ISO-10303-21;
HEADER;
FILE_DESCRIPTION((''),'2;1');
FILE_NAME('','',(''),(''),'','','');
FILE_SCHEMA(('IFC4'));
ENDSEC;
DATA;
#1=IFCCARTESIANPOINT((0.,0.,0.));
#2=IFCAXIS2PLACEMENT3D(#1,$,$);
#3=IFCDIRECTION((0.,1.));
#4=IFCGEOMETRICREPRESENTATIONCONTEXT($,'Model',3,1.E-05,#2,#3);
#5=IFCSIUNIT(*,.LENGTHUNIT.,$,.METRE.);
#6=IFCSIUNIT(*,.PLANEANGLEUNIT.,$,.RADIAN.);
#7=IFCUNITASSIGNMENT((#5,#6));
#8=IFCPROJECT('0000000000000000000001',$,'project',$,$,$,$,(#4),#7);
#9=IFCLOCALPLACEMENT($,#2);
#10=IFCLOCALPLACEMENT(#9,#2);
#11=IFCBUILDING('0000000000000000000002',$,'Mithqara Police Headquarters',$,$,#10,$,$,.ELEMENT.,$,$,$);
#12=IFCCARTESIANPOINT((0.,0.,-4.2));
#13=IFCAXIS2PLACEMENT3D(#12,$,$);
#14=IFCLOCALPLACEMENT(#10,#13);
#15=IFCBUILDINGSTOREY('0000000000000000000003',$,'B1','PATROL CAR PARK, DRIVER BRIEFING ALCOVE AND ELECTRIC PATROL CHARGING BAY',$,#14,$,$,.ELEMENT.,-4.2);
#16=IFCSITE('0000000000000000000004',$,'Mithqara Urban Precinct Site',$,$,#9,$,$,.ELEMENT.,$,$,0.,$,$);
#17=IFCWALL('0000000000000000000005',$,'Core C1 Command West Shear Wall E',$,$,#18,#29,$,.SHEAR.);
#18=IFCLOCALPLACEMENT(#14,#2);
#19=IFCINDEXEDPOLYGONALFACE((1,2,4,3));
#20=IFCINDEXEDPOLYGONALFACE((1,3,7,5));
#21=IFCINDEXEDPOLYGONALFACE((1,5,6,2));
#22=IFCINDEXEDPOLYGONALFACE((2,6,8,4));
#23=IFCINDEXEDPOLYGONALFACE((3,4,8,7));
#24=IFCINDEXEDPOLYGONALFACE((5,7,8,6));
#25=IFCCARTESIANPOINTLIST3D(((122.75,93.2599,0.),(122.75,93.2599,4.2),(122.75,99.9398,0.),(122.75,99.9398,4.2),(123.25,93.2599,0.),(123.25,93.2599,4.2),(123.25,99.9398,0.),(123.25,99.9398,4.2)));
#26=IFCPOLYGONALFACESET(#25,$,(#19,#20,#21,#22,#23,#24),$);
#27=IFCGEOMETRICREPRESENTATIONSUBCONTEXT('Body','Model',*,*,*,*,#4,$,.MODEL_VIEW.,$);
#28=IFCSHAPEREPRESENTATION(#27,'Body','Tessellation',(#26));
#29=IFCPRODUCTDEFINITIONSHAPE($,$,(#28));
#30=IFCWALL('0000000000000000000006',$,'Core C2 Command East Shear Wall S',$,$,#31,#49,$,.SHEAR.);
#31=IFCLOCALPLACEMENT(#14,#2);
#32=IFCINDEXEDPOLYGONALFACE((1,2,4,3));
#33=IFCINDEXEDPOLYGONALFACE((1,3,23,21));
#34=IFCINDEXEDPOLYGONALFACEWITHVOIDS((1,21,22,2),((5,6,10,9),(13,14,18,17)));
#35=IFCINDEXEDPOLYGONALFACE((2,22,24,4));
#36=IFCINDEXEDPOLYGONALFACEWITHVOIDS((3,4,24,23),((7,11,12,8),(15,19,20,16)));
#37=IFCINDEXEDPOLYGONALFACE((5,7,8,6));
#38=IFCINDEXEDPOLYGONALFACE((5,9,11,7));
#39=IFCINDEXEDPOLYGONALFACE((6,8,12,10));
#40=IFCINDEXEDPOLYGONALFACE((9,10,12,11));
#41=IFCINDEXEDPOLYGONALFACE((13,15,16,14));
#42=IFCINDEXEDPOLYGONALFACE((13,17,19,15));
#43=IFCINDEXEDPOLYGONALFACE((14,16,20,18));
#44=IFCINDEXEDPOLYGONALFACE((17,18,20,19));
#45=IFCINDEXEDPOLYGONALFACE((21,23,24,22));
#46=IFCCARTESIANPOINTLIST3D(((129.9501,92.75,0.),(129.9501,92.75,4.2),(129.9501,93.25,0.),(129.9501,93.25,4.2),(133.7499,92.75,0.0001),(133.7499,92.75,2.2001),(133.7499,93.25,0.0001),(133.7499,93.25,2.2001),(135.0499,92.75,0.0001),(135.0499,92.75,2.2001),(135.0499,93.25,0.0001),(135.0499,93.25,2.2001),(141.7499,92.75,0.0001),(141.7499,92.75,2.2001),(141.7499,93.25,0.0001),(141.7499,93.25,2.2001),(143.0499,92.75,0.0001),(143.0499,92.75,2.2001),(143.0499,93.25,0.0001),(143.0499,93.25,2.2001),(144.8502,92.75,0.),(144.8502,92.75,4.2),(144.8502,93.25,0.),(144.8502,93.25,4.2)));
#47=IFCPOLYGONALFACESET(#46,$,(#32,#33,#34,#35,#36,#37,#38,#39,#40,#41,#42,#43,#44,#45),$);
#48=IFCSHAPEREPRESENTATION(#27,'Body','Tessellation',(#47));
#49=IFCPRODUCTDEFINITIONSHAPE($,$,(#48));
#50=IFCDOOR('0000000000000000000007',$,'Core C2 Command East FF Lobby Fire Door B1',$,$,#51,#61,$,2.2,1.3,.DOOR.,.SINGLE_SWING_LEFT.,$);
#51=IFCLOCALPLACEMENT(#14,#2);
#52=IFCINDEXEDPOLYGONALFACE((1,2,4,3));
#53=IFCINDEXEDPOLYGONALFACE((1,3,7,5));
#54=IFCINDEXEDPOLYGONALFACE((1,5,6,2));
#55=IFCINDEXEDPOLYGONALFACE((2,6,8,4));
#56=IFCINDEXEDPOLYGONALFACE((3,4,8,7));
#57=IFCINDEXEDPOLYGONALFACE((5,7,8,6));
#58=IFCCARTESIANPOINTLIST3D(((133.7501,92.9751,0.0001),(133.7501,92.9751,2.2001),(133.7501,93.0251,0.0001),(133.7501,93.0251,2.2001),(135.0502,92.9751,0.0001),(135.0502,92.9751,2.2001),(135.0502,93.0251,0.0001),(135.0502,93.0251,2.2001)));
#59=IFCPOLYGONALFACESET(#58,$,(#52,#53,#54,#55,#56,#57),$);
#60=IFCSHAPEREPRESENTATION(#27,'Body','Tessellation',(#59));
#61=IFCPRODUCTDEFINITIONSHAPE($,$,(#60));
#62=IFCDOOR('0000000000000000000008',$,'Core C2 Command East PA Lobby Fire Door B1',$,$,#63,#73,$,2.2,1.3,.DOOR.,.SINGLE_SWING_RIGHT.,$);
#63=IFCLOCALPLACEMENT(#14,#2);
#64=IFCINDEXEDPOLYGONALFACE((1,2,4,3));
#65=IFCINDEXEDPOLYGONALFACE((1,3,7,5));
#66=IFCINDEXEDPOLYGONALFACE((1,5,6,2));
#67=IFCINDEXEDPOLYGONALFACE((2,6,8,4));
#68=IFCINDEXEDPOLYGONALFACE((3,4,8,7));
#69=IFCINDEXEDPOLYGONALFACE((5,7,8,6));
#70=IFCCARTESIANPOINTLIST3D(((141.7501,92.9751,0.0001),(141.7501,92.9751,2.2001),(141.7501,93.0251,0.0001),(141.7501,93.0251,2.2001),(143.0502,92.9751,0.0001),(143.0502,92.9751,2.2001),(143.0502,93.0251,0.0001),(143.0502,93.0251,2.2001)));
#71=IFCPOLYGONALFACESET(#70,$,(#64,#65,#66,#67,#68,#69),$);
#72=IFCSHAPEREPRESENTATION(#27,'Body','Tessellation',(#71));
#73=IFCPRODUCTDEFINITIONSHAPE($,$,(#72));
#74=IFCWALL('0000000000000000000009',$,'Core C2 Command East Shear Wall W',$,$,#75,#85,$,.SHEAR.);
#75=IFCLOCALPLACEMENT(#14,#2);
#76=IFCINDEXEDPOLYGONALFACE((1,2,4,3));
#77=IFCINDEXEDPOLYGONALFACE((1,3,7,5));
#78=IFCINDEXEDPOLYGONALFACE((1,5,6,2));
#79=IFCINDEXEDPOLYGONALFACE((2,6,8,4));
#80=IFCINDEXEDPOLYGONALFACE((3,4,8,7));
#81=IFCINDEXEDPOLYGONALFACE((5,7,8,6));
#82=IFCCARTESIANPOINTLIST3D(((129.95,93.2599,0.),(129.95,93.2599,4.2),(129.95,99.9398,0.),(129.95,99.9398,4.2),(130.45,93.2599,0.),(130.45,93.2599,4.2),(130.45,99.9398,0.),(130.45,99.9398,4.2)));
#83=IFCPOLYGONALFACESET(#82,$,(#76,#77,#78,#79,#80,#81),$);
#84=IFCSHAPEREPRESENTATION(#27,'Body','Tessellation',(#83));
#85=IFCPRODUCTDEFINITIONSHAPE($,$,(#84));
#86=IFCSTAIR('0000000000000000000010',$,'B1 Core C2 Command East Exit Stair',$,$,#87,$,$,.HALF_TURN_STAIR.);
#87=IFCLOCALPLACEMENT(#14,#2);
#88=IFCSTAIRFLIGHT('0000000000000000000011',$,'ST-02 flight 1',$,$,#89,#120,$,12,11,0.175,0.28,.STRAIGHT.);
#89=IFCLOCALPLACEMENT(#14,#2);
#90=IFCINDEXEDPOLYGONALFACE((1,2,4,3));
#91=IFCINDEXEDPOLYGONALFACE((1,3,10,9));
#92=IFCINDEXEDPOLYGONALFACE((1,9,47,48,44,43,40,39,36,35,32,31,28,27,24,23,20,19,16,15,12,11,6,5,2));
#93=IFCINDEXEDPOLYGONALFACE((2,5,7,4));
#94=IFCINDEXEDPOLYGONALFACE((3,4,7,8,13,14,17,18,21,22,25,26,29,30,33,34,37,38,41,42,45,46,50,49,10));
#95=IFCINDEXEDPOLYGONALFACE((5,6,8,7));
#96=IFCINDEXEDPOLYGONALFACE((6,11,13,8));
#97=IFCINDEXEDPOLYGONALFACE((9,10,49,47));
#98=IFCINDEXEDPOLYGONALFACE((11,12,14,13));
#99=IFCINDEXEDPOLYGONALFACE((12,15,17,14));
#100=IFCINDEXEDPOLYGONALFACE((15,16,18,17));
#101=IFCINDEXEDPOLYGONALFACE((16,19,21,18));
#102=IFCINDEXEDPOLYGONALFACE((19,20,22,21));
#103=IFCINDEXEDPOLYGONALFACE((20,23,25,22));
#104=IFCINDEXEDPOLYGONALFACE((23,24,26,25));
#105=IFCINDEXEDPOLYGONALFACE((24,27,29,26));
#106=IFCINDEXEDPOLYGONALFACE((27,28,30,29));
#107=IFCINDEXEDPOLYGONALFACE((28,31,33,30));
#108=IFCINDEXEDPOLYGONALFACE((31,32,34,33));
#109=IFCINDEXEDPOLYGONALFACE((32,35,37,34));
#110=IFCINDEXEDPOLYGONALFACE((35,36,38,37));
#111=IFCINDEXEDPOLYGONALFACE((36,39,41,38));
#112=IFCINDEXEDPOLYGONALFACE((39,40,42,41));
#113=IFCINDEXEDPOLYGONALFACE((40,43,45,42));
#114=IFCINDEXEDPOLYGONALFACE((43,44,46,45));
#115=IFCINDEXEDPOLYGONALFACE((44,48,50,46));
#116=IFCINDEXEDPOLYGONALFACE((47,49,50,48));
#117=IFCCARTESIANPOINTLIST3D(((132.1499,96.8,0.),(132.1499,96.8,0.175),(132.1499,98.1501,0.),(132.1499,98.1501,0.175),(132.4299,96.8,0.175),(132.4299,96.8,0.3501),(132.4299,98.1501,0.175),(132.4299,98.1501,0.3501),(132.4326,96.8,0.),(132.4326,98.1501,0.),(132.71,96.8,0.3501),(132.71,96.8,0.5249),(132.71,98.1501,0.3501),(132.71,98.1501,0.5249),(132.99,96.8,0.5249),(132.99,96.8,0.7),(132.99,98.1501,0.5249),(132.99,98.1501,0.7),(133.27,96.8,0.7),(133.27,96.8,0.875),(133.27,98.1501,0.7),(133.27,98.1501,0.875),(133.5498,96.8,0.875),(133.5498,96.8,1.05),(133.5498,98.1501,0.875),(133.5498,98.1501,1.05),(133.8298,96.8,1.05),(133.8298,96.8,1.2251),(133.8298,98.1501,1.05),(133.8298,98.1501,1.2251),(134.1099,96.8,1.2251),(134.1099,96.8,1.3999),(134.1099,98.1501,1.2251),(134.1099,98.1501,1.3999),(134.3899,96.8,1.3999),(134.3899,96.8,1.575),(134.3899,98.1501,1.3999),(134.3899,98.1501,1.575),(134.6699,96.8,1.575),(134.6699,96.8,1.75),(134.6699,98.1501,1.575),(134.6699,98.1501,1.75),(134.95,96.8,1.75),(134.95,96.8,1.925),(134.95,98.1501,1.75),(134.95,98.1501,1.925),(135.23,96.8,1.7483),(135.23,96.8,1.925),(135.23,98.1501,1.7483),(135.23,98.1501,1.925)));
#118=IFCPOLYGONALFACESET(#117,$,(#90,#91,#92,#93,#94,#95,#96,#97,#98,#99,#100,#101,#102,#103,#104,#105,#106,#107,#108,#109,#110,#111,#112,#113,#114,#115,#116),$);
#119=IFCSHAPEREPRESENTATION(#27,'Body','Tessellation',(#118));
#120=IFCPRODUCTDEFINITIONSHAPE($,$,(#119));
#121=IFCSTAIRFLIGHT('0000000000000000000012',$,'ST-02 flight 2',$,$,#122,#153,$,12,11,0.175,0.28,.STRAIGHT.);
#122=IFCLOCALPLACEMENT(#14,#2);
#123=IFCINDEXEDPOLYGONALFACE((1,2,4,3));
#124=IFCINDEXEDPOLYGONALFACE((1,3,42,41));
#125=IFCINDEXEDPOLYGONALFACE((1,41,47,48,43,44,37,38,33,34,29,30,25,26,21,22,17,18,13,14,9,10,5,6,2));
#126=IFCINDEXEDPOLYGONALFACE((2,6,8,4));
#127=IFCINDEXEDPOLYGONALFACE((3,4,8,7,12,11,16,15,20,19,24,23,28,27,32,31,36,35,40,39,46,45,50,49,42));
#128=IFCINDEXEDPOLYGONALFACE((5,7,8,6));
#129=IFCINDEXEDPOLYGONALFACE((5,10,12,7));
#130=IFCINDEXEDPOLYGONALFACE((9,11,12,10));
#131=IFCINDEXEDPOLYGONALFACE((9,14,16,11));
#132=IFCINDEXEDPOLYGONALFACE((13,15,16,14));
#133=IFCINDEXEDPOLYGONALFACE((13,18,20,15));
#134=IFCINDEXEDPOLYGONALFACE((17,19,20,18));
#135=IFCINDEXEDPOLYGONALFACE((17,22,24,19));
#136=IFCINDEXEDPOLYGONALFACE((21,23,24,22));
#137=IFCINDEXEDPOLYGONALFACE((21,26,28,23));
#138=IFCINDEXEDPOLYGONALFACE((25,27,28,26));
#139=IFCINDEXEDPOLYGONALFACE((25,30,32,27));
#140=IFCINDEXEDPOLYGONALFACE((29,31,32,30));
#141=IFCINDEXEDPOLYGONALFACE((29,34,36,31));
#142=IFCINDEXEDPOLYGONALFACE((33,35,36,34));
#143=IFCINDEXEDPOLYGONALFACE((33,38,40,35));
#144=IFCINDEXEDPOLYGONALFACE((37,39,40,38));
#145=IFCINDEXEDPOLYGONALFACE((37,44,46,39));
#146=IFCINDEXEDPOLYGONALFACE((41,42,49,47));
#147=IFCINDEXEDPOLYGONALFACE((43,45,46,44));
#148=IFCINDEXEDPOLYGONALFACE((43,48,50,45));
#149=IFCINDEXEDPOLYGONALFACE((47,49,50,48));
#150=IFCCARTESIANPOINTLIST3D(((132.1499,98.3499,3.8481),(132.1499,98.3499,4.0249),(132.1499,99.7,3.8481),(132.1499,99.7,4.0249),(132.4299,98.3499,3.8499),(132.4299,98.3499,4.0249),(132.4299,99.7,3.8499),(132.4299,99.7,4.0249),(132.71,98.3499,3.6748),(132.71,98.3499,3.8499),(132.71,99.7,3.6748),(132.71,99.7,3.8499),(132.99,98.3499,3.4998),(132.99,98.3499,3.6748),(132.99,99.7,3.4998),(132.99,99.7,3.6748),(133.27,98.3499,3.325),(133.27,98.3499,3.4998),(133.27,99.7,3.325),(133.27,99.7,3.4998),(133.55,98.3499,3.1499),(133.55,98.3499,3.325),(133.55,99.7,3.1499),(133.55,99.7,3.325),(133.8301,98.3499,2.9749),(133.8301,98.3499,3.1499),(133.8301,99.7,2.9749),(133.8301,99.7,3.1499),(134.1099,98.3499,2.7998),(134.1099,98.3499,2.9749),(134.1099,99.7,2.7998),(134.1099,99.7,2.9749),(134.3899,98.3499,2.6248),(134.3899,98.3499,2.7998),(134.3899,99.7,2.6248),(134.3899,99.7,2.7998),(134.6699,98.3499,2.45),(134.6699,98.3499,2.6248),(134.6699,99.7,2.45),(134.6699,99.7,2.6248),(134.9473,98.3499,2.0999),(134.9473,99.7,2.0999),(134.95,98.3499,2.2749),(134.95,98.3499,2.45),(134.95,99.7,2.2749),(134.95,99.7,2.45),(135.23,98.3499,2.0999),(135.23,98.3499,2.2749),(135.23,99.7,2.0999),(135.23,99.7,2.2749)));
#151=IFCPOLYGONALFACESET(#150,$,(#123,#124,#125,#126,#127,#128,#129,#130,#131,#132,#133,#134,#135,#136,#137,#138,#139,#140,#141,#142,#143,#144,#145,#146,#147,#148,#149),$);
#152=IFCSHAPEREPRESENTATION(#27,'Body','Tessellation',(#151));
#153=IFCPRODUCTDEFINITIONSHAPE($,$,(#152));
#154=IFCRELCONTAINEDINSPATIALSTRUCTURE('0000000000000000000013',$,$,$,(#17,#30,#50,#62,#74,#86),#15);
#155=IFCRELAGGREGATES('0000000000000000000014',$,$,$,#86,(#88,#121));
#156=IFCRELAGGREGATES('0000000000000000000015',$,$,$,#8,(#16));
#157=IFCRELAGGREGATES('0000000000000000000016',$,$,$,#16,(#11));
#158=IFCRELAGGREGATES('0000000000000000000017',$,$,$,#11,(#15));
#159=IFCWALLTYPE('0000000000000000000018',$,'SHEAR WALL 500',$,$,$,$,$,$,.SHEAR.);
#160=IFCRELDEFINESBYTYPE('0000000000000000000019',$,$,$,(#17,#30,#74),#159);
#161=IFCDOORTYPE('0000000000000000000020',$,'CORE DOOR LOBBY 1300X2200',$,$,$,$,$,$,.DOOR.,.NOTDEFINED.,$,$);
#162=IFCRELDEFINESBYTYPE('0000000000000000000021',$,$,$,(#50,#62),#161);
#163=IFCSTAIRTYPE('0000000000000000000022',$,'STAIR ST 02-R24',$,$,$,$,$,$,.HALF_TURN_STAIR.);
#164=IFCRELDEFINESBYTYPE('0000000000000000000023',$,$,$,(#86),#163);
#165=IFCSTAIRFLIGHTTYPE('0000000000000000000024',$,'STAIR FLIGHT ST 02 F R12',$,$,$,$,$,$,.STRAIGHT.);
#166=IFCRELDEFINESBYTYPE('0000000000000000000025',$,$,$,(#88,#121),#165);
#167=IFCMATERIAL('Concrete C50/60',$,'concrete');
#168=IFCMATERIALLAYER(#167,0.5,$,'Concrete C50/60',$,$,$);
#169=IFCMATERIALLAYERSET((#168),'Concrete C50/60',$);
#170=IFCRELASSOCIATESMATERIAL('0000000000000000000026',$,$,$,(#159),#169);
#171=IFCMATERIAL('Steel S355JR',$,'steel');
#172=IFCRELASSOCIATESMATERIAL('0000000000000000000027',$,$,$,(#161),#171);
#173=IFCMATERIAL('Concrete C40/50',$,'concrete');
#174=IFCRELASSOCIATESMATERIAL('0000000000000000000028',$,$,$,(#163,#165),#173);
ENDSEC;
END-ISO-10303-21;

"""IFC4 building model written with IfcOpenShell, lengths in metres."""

from ifc_helpers import new_model, si_unit, direction, frame, frame_2d, origin, place, context, subcontext, project, spatial, polyline, rectangle, outline, extrude, material, layer, layer_set, type_object, element, fill, aggregate, save


model = new_model("IFC4")

# Units and contexts
model_context = context("Model", 3, precision=1e-05, world=origin(), true_north=direction((0.0, 1.0)))
body_context = subcontext(model_context, "Body", "Model", "MODEL_VIEW")
ifc_project = project(units=[si_unit("LENGTHUNIT", "METRE"), si_unit("PLANEANGLEUNIT", "RADIAN")], contexts=[model_context])

# Site, building, storey
site_placement = place(None, origin())
site = spatial("IfcSite", under=ifc_project, at=site_placement, Name="Mithqara Urban Precinct Site", CompositionType="ELEMENT", RefElevation=0.0)
building_placement = place(site_placement, origin())
building = spatial("IfcBuilding", under=site, at=building_placement, Name="Mithqara Police Headquarters", CompositionType="ELEMENT")
storey_placement = place(building_placement, frame((0.0, 0.0, -4.2)))
storey = spatial("IfcBuildingStorey", under=building, at=storey_placement, Name="B1", Description="PATROL CAR PARK, DRIVER BRIEFING ALCOVE AND ELECTRIC PATROL CHARGING BAY", CompositionType="ELEMENT", Elevation=-4.2)

# Shared definitions
ifc_material_1 = material(Name="Steel S355JR", Category="steel")
ifc_material_2 = material(Name="Concrete C40/50", Category="concrete")
ifc_material_3 = material(Name="Concrete C50/60", Category="concrete")

# Wall
ifc_layer = layer(ifc_material_3, 0.5, Name="Concrete C50/60")
ifc_layer_set = layer_set([ifc_layer], Name="Concrete C50/60")
wall_type = type_object("IfcWallType", Name="SHEAR WALL 500", PredefinedType="SHEAR", material=ifc_layer_set)
wall_1_placement = place(storey_placement, frame((123.0, 93.26, 0.0), z_axis=(0.0, 0.0, 1.0), x_axis=(0.0, 1.0, 0.0)))
element("IfcWall", 1, at=wall_1_placement, inside=storey, type_object=wall_type, Name="Core C1 Command West Shear Wall E", PredefinedType="SHEAR", context=body_context, shape_type="SweptSolid", body=[
    extrude(rectangle(XDim=6.6799, YDim=0.5, at=frame_2d((3.3398, 0.0))), origin(), (0.0, 0.0, 1.0), 4.2),
])

# Wall, openings, doors
wall_2_placement = place(storey_placement, frame((129.95, 93.0, 0.0), z_axis=(0.0, 0.0, 1.0), x_axis=(1.0, 0.0, 0.0)))
wall_2 = element("IfcWall", 2, at=wall_2_placement, inside=storey, type_object=wall_type, Name="Core C2 Command East Shear Wall S", PredefinedType="SHEAR", context=body_context, shape_type="SweptSolid", body=[
    extrude(rectangle(XDim=14.9001, YDim=0.5, at=frame_2d((7.4502, 0.0))), origin(), (0.0, 0.0, 1.0), 4.2),
])
opening_1_placement = place(wall_2_placement, frame((3.8, 0.0, 0.0)))
opening_1 = element("IfcOpeningElement", 3, at=opening_1_placement, cuts=wall_2, PredefinedType="OPENING", context=body_context, shape_type="SweptSolid", body=[
    extrude(rectangle(XDim=1.3, YDim=2.2, at=frame_2d((0.6499, 1.1001))), frame((0.0, 0.26, 0.0), z_axis=(0.0, -1.0, 0.0), x_axis=(1.0, 0.0, 0.0)), (0.0, 0.0, 1.0), 0.52),
])
opening_2_placement = place(wall_2_placement, frame((11.8, 0.0, 0.0)))
opening_2 = element("IfcOpeningElement", 4, at=opening_2_placement, cuts=wall_2, PredefinedType="OPENING", context=body_context, shape_type="SweptSolid", body=[
    extrude(rectangle(XDim=1.3, YDim=2.2, at=frame_2d((0.6499, 1.1001))), frame((0.0, 0.26, 0.0), z_axis=(0.0, -1.0, 0.0), x_axis=(1.0, 0.0, 0.0)), (0.0, 0.0, 1.0), 0.52),
])
door_type_1 = type_object("IfcDoorType", Name="CORE DOOR LOBBY 1300X2200", OperationType="NOTDEFINED", PredefinedType="DOOR", material=ifc_material_1)
door_1_placement = place(opening_1_placement, frame((1.3, 0.0, 0.0), z_axis=(0.0, 0.0, 1.0), x_axis=(-1.0, 0.0, 0.0)))
door_1 = element("IfcDoor", 5, at=door_1_placement, inside=storey, type_object=door_type_1, Name="Core C2 Command East FF Lobby Fire Door B1", OperationType="SINGLE_SWING_LEFT", OverallHeight=2.2, OverallWidth=1.3, PredefinedType="DOOR", context=body_context, shape_type="SweptSolid", body=[
    extrude(rectangle(XDim=1.3, YDim=2.2, at=frame_2d((0.6499, 1.1001))), frame((0.0, 0.0249, 0.0), z_axis=(0.0, -1.0, 0.0), x_axis=(1.0, 0.0, 0.0)), (0.0, 0.0, 1.0), 0.05),
])
fill(opening_1, door_1)
door_2_placement = place(opening_2_placement, frame((1.3, 0.0, 0.0), z_axis=(0.0, 0.0, 1.0), x_axis=(-1.0, 0.0, 0.0)))
door_2 = element("IfcDoor", 6, at=door_2_placement, inside=storey, type_object=door_type_1, Name="Core C2 Command East PA Lobby Fire Door B1", OperationType="SINGLE_SWING_RIGHT", OverallHeight=2.2, OverallWidth=1.3, PredefinedType="DOOR", context=body_context, shape_type="SweptSolid", body=[
    extrude(rectangle(XDim=1.3, YDim=2.2, at=frame_2d((0.6499, 1.1001))), frame((0.0, 0.0249, 0.0), z_axis=(0.0, -1.0, 0.0), x_axis=(1.0, 0.0, 0.0)), (0.0, 0.0, 1.0), 0.05),
])
fill(opening_2, door_2)

# Wall
wall_3_placement = place(storey_placement, frame((130.2, 93.26, 0.0), z_axis=(0.0, 0.0, 1.0), x_axis=(0.0, 1.0, 0.0)))
element("IfcWall", 7, at=wall_3_placement, inside=storey, type_object=wall_type, Name="Core C2 Command East Shear Wall W", PredefinedType="SHEAR", context=body_context, shape_type="SweptSolid", body=[
    extrude(rectangle(XDim=6.6799, YDim=0.5, at=frame_2d((3.3398, 0.0))), origin(), (0.0, 0.0, 1.0), 4.2),
])

# Stair, stair flights
stair_type = type_object("IfcStairType", Name="STAIR ST 02-R24", PredefinedType="HALF_TURN_STAIR", material=ifc_material_2)
stair_placement = place(storey_placement, origin())
stair = element("IfcStair", 8, at=stair_placement, inside=storey, type_object=stair_type, Name="B1 Core C2 Command East Exit Stair", PredefinedType="HALF_TURN_STAIR")
stair_flight_type = type_object("IfcStairFlightType", Name="STAIR FLIGHT ST 02 F R12", PredefinedType="STRAIGHT", material=ifc_material_2)
stair_flight_1_placement = place(storey_placement, frame((132.1499, 97.4751, 0.0), z_axis=(0.0, 0.0, 1.0), x_axis=(1.0, 0.0, 0.0)))
stair_flight_1 = element("IfcStairFlight", 9, at=stair_flight_1_placement, type_object=stair_flight_type, Name="ST-02 flight 1", NumberOfRisers=12, NumberOfTreads=11, PredefinedType="STRAIGHT", RiserHeight=0.175, TreadLength=0.28, context=body_context, shape_type="SweptSolid", body=[
    extrude(outline(polyline([(0.0, 0.0), (0.0, 0.175), (0.28, 0.175), (0.28, 0.3501), (0.5601, 0.3501), (0.5601, 0.5249), (0.8401, 0.5249), (0.8401, 0.7), (1.1201, 0.7), (1.1201, 0.875), (1.3999, 0.875), (1.3999, 1.05), (1.6799, 1.05), (1.6799, 1.2251), (1.96, 1.2251), (1.96, 1.3999), (2.24, 1.3999), (2.24, 1.575), (2.52, 1.575), (2.52, 1.75), (2.8, 1.75), (2.8, 1.925), (3.0801, 1.925), (3.0801, 2.1001), (3.0801, 1.7483), (0.2827, 0.0), (0.0, 0.0)])), frame((0.0, 0.675, 0.0), z_axis=(0.0, -1.0, 0.0), x_axis=(1.0, 0.0, 0.0)), (0.0, 0.0, 1.0), 1.3501),
])
stair_flight_2_placement = place(storey_placement, frame((135.23, 99.0249, 2.0999), z_axis=(0.0, 0.0, 1.0), x_axis=(-1.0, 0.0, 0.0)))
stair_flight_2 = element("IfcStairFlight", 10, at=stair_flight_2_placement, type_object=stair_flight_type, Name="ST-02 flight 2", NumberOfRisers=12, NumberOfTreads=11, PredefinedType="STRAIGHT", RiserHeight=0.175, TreadLength=0.28, context=body_context, shape_type="SweptSolid", body=[
    extrude(outline(polyline([(0.0, 0.0), (0.0, 0.175), (0.28, 0.175), (0.28, 0.3501), (0.5601, 0.3501), (0.5601, 0.5249), (0.8401, 0.5249), (0.8401, 0.7), (1.1201, 0.7), (1.1201, 0.875), (1.3999, 0.875), (1.3999, 1.05), (1.6799, 1.05), (1.6799, 1.2251), (1.96, 1.2251), (1.96, 1.3999), (2.24, 1.3999), (2.24, 1.575), (2.52, 1.575), (2.52, 1.75), (2.8, 1.75), (2.8, 1.925), (3.0801, 1.925), (3.0801, 2.1001), (3.0801, 1.7483), (0.2827, 0.0), (0.0, 0.0)])), frame((0.0, 0.675, 0.0), z_axis=(0.0, -1.0, 0.0), x_axis=(1.0, 0.0, 0.0)), (0.0, 0.0, 1.0), 1.3501),
])
aggregate(stair, [stair_flight_1, stair_flight_2])

save(model, "model.ifc")
